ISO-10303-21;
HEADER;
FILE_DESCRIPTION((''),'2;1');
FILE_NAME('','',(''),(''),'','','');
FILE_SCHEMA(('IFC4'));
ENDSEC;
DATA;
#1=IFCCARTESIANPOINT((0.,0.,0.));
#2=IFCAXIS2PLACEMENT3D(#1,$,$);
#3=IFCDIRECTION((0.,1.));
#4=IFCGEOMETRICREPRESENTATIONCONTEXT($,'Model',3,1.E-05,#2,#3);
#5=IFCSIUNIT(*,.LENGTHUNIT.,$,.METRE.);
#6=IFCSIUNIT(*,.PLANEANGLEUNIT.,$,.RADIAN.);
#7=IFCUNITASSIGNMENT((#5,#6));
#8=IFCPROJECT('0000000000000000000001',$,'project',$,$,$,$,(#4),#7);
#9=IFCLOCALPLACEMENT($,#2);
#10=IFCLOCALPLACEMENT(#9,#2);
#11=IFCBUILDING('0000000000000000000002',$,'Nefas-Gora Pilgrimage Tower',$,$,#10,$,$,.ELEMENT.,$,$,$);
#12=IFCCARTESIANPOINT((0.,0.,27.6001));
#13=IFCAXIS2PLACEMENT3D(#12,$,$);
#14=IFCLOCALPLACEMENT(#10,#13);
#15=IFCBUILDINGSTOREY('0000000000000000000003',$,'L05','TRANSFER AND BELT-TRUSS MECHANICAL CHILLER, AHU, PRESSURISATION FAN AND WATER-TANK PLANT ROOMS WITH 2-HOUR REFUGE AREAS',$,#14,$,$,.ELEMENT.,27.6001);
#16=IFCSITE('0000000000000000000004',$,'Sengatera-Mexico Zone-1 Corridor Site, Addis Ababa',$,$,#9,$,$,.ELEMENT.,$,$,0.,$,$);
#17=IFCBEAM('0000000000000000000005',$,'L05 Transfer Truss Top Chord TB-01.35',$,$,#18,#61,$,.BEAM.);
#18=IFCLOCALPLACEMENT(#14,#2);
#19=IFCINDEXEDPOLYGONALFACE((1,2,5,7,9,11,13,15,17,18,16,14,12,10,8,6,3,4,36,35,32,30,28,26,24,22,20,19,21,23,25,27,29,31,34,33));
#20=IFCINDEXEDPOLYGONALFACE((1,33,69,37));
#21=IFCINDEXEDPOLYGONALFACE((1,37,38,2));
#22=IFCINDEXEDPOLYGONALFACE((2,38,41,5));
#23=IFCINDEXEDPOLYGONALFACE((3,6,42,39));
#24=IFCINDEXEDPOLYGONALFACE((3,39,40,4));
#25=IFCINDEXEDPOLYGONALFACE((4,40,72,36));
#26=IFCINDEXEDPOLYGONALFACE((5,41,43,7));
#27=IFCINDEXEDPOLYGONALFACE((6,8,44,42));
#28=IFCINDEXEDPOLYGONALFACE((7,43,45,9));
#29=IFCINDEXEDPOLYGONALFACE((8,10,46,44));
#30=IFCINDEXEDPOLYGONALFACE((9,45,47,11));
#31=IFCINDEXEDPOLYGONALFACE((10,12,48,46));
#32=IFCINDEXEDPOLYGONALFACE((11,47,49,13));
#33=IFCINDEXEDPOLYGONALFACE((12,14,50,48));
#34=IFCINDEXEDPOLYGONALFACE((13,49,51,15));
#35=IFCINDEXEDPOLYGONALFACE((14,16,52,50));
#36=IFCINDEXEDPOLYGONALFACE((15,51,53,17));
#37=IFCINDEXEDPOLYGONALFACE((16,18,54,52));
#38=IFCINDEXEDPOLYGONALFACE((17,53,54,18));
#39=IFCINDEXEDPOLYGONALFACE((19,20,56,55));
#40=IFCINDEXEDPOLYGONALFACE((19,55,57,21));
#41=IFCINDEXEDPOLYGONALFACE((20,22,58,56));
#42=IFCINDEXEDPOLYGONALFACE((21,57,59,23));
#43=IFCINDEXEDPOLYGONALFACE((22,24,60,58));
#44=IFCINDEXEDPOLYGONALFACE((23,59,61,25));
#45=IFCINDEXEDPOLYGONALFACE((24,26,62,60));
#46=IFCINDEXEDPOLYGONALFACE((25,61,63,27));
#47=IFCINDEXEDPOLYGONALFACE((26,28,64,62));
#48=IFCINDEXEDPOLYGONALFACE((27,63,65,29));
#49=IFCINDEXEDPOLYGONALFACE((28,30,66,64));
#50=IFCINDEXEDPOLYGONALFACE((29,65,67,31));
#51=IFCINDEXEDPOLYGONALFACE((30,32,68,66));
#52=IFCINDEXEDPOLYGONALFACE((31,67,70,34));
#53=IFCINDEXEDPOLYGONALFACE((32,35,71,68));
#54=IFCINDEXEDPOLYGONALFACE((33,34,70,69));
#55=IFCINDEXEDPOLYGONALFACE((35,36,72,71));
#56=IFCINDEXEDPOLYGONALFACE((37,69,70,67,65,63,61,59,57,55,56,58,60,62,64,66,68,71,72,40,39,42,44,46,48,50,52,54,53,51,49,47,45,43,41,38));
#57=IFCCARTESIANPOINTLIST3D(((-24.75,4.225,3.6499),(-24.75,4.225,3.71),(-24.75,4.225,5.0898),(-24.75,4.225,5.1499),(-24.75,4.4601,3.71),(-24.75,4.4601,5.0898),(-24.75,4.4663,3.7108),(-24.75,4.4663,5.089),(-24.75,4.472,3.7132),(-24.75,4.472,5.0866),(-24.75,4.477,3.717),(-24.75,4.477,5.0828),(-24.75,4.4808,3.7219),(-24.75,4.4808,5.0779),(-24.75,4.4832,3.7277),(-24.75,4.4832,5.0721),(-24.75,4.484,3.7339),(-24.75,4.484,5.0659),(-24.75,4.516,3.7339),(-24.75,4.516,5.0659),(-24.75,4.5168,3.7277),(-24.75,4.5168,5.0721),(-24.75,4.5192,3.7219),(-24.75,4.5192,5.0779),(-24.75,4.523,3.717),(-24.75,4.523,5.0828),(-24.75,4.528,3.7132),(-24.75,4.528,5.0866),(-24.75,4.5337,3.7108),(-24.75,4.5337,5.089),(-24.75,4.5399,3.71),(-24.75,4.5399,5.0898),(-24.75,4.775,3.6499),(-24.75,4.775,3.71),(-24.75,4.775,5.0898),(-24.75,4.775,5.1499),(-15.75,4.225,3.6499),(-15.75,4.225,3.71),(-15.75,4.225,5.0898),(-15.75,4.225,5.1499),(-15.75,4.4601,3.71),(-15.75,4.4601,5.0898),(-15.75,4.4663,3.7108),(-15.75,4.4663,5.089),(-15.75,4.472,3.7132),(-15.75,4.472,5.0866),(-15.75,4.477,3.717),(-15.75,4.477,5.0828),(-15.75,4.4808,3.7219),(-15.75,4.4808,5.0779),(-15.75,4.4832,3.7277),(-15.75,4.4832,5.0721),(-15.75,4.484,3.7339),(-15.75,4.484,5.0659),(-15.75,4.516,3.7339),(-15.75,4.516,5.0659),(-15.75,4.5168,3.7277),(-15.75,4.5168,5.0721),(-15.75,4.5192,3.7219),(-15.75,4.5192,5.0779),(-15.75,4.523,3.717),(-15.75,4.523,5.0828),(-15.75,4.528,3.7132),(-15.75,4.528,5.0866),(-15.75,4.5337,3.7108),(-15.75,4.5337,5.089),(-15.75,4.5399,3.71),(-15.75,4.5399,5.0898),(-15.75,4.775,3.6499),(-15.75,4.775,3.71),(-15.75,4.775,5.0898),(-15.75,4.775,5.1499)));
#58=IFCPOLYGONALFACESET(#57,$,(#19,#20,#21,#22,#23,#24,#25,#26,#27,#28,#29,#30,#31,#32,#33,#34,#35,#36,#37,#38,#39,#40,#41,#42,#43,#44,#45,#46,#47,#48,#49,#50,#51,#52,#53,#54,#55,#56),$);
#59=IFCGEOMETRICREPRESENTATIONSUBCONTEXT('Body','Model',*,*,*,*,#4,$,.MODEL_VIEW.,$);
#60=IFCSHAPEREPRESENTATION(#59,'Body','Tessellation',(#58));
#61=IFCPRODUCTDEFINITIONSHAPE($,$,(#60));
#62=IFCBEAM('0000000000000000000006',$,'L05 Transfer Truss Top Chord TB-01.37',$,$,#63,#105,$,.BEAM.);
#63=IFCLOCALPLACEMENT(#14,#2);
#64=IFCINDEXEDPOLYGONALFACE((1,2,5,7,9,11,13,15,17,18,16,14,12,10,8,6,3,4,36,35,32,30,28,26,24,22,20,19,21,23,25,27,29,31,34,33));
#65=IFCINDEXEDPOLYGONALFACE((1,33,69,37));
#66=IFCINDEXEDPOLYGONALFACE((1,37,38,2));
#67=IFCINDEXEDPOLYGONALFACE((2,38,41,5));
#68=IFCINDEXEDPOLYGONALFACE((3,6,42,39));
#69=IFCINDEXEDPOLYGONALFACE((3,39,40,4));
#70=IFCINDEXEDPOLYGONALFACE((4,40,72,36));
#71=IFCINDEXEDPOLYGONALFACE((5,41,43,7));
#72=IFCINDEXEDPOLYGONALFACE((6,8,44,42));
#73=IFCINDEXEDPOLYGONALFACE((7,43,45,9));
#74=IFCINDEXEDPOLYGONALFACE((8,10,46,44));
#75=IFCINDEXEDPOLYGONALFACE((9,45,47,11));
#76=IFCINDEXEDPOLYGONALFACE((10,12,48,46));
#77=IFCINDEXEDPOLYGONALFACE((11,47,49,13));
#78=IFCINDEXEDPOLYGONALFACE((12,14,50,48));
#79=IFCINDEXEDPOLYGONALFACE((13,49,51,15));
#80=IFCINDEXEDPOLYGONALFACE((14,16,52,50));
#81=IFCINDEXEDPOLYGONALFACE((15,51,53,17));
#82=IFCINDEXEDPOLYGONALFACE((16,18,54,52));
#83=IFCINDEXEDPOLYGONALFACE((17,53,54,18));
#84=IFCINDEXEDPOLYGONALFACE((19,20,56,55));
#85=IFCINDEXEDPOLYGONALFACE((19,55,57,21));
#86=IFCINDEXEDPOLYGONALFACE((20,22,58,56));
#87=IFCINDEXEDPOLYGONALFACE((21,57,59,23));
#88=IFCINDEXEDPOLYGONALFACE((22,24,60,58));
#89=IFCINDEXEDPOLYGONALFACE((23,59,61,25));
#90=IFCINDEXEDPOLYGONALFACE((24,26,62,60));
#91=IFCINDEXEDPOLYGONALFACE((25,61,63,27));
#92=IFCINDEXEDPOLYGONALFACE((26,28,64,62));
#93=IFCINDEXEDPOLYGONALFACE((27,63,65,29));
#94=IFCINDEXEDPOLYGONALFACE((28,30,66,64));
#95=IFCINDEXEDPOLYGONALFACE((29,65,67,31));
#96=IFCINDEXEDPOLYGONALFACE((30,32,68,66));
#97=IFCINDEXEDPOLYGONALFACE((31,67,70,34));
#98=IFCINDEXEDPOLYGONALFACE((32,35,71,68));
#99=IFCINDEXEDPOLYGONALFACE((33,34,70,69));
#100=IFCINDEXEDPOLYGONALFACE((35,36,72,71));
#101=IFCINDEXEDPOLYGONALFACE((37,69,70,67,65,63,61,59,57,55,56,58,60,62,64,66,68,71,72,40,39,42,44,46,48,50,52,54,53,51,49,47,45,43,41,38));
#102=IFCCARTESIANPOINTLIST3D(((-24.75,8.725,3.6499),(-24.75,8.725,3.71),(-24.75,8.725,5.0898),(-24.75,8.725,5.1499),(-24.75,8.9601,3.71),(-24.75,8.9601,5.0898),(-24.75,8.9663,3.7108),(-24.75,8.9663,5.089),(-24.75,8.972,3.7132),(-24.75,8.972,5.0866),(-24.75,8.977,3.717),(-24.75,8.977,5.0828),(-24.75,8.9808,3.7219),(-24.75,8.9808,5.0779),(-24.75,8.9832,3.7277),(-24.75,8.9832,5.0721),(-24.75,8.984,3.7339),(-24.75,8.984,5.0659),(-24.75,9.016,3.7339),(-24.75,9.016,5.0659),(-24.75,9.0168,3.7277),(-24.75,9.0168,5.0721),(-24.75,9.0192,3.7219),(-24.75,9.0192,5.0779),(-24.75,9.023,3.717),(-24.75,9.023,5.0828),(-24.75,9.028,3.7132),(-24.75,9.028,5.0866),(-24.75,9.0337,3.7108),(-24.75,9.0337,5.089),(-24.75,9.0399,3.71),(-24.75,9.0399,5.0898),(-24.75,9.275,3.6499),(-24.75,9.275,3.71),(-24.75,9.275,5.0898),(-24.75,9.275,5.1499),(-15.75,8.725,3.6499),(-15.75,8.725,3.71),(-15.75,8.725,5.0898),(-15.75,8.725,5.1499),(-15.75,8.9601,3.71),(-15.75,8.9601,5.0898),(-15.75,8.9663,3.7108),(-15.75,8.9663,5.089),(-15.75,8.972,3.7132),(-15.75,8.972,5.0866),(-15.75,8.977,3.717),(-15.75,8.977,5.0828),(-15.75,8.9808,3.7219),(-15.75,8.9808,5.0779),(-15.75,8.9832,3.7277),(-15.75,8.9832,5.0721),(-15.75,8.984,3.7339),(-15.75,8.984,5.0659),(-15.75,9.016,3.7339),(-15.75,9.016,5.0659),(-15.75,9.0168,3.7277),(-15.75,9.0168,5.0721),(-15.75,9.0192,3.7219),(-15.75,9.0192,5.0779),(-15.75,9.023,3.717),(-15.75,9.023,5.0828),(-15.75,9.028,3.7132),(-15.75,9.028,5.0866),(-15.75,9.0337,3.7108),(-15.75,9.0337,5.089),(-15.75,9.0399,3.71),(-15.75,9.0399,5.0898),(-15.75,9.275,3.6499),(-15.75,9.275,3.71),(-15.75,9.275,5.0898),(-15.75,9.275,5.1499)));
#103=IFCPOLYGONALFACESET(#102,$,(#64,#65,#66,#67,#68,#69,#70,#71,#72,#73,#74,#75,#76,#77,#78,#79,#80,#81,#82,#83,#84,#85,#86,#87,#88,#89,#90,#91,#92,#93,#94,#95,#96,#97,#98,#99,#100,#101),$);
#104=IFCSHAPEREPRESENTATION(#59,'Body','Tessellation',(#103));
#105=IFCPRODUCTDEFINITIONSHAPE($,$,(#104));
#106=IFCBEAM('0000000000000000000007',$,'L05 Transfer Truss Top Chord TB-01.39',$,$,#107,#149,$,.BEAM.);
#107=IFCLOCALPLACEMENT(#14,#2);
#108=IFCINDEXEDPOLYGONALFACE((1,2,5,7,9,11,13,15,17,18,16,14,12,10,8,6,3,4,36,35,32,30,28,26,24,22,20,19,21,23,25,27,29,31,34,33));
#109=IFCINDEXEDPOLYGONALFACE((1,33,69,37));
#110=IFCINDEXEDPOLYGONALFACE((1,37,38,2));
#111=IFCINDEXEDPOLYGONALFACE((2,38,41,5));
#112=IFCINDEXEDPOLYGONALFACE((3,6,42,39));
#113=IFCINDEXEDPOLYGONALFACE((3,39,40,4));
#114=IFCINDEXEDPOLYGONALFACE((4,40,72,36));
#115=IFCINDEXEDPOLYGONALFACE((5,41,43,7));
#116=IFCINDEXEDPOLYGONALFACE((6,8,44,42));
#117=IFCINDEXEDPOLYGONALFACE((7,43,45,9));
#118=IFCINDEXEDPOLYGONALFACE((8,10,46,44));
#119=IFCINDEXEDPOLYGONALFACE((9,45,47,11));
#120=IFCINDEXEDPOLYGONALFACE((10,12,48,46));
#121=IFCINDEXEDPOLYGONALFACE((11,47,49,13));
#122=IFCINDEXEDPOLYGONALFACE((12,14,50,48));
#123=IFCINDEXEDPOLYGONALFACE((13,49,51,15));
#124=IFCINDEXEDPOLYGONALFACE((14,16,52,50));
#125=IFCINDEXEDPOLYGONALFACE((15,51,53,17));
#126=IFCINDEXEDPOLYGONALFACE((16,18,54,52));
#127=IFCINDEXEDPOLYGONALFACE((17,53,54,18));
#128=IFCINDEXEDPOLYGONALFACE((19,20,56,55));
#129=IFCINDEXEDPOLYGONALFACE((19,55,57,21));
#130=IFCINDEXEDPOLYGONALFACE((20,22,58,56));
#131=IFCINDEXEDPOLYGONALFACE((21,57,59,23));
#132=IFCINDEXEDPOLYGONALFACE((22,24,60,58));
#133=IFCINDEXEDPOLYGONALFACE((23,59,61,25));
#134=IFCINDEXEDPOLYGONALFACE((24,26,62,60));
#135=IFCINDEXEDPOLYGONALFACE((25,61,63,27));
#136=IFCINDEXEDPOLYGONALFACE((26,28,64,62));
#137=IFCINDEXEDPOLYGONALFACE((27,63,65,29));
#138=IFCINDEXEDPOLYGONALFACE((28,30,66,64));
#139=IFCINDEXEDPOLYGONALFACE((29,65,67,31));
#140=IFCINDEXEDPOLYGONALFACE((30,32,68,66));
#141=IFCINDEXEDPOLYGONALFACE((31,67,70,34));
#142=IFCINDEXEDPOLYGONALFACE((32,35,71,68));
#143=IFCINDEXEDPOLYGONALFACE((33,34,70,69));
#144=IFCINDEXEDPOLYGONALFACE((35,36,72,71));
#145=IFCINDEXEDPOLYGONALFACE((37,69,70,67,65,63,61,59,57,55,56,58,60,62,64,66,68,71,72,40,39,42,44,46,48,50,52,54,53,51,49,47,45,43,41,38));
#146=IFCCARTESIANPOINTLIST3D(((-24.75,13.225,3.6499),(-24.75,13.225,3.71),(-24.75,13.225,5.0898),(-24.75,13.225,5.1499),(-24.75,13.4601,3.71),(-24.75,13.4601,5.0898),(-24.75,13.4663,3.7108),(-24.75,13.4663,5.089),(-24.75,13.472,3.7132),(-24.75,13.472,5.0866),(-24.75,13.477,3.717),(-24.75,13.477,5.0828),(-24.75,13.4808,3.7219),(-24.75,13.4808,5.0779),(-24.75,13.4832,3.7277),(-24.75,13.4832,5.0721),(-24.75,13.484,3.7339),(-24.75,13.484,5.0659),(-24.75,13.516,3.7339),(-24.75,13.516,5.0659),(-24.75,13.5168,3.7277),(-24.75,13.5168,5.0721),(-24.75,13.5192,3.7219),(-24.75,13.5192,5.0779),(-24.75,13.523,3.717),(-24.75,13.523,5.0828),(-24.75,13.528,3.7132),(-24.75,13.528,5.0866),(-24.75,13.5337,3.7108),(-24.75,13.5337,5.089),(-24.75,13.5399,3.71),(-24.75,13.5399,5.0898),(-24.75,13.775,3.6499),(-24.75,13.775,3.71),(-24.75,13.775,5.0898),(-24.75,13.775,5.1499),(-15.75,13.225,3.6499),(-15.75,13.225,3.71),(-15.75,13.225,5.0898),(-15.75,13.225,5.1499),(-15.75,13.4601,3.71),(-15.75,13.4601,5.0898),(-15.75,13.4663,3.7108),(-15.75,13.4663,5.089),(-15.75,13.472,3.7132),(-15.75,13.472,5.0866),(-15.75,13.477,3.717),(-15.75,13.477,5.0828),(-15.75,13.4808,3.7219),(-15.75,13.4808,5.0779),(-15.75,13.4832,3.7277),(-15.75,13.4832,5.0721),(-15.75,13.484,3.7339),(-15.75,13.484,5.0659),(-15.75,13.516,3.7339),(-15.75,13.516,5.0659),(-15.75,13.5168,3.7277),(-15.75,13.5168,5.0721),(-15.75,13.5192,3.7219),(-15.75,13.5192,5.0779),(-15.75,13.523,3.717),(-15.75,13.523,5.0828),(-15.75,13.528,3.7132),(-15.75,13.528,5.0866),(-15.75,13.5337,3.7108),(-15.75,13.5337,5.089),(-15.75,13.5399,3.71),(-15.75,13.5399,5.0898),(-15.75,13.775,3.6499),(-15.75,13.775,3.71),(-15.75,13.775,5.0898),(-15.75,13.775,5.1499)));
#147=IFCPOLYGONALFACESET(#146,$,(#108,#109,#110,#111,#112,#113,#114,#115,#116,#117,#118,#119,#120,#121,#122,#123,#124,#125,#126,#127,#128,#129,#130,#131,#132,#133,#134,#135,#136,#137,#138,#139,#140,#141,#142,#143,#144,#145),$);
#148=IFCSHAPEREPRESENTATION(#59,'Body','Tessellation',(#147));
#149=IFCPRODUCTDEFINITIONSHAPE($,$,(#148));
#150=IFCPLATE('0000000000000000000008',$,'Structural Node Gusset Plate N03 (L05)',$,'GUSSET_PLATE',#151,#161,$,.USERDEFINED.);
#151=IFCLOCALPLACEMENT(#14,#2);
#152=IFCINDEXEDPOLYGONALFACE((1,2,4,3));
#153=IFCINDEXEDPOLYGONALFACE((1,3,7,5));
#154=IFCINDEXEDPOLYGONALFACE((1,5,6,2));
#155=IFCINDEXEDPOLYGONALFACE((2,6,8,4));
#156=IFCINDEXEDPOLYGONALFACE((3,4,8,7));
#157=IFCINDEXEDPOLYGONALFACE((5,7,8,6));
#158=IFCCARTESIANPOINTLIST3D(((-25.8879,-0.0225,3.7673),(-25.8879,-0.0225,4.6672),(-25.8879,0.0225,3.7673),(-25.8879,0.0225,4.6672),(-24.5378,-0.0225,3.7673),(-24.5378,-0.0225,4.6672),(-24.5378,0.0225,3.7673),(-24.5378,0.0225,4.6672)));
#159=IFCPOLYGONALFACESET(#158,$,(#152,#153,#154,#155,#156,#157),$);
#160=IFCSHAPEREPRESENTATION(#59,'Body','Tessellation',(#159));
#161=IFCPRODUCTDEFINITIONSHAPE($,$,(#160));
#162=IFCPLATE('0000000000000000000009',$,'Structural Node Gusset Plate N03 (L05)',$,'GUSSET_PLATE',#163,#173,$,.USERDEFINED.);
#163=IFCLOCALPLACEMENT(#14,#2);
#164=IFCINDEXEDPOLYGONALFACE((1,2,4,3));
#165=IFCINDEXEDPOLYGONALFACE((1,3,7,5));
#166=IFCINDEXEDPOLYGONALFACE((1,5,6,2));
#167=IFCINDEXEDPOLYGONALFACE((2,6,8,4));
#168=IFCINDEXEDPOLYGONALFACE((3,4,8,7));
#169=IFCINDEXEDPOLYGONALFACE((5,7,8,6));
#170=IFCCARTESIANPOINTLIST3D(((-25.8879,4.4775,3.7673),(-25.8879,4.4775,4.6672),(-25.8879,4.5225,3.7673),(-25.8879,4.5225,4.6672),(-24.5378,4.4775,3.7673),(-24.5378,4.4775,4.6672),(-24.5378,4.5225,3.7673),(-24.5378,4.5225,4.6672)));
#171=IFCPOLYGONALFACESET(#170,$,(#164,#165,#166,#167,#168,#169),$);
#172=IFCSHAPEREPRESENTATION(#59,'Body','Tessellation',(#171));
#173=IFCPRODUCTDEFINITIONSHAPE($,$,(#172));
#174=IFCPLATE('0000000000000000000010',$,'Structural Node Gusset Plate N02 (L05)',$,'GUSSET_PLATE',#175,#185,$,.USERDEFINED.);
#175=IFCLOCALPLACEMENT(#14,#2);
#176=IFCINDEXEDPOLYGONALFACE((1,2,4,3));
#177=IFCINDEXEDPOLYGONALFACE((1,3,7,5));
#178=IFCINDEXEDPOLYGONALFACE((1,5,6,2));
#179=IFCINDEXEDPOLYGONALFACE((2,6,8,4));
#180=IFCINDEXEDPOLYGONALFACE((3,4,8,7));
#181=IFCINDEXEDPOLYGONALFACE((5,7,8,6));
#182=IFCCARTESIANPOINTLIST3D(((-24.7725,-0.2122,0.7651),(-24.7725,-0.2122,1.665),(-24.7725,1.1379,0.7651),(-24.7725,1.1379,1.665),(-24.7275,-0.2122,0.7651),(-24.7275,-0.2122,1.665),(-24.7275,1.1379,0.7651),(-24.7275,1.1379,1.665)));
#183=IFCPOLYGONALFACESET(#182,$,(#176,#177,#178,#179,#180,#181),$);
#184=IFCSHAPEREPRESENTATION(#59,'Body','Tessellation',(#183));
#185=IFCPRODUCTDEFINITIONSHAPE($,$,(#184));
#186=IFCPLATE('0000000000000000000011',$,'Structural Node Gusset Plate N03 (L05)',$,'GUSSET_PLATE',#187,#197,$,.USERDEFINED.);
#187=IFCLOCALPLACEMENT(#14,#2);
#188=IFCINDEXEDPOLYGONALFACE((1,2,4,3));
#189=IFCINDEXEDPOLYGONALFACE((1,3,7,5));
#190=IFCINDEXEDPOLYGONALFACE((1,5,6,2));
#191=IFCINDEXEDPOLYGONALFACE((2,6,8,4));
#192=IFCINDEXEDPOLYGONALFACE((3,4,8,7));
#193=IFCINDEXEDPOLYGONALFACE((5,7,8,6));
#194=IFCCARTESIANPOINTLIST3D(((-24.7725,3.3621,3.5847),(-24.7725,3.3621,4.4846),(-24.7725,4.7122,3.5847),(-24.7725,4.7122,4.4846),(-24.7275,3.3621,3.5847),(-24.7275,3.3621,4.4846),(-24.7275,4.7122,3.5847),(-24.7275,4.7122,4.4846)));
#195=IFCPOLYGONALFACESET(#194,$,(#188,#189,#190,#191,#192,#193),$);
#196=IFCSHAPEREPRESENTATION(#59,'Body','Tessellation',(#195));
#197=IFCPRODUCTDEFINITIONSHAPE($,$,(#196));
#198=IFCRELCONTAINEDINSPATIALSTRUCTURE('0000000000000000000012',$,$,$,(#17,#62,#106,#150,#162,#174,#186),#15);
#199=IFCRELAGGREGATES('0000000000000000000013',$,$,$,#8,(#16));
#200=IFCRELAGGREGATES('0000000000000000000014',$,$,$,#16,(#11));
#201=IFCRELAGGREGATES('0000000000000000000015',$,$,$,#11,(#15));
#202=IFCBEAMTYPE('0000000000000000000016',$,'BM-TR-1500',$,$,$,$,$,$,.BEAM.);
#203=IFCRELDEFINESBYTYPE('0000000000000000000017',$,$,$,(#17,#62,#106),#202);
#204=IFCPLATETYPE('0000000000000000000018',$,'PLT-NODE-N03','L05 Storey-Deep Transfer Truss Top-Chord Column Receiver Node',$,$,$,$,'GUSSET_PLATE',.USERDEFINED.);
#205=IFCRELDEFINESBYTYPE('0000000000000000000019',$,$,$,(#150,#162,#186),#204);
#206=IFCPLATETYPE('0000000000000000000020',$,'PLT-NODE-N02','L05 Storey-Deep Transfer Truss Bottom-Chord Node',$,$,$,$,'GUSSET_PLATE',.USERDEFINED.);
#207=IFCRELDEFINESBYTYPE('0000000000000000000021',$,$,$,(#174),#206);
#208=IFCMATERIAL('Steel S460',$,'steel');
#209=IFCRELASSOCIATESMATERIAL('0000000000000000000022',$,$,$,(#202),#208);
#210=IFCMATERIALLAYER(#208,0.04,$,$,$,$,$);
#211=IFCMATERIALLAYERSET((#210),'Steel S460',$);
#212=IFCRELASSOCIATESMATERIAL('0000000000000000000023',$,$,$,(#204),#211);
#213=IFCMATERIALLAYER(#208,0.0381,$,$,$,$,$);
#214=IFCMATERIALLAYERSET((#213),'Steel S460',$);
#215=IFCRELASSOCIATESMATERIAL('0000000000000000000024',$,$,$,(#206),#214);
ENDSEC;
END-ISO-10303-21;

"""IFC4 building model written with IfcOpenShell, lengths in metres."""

from ifc_helpers import new_model, si_unit, direction, frame, origin, origin_2d, place, context, subcontext, project, spatial, rectangle, i_section, extrude, source, transform, mapped, material, layer, layer_set, material_profile, profile_set, type_object, element, save


model = new_model("IFC4")

# Units and contexts
model_context = context("Model", 3, precision=1e-05, world=origin(), true_north=direction((0.0, 1.0)))
body_context = subcontext(model_context, "Body", "Model", "MODEL_VIEW")
ifc_project = project(units=[si_unit("LENGTHUNIT", "METRE"), si_unit("PLANEANGLEUNIT", "RADIAN")], contexts=[model_context])

# Site, building, storey
site_placement = place(None, origin())
site = spatial("IfcSite", under=ifc_project, at=site_placement, Name="Sengatera-Mexico Zone-1 Corridor Site, Addis Ababa", CompositionType="ELEMENT", RefElevation=0.0)
building_placement = place(site_placement, origin())
building = spatial("IfcBuilding", under=site, at=building_placement, Name="Nefas-Gora Pilgrimage Tower", CompositionType="ELEMENT")
storey_placement = place(building_placement, frame((0.0, 0.0, 27.6001)))
storey = spatial("IfcBuildingStorey", under=building, at=storey_placement, Name="L05", Description="TRANSFER AND BELT-TRUSS MECHANICAL CHILLER, AHU, PRESSURISATION FAN AND WATER-TANK PLANT ROOMS WITH 2-HOUR REFUGE AREAS", CompositionType="ELEMENT", Elevation=27.6001)

# Shared definitions
ifc_material_1 = material(Name="Steel S460", Category="steel")

# Shared definitions
ifc_material_profile_1 = material_profile(ifc_material_1, i_section(OverallWidth=0.55, OverallDepth=1.5, WebThickness=0.032, FlangeThickness=0.0601, FilletRadius=0.0239, at=origin_2d()), Name="WPG 1500x550x32x60")
ifc_profile_set_1 = profile_set([ifc_material_profile_1], Name="Steel S460")
beam_type_1 = type_object("IfcBeamType", Name="BM-TR-1500", PredefinedType="BEAM", material=ifc_profile_set_1)

# Beams
shared_shape_1 = source(origin(), body_context, "Body", "SweptSolid", [
    extrude(i_section(OverallWidth=0.55, OverallDepth=1.5, WebThickness=0.032, FlangeThickness=0.0601, FilletRadius=0.0239, at=origin_2d()), origin(), (0.0, 0.0, 1.0), 9.0),
])
for number, where, z_axis, x_axis, name in (
    (1, (-24.75, 4.5, 4.3999), (1.0, 0.0, 0.0), (0.0, 1.0, 0.0), "L05 Transfer Truss Top Chord TB-01.35"),
    (2, (-24.75, 9.0, 4.3999), (1.0, 0.0, 0.0), (0.0, 1.0, 0.0), "L05 Transfer Truss Top Chord TB-01.37"),
    (3, (-24.75, 13.5, 4.3999), (1.0, 0.0, 0.0), (0.0, 1.0, 0.0), "L05 Transfer Truss Top Chord TB-01.39"),
):
    element("IfcBeam", number, at=place(storey_placement, frame(where, z_axis=z_axis, x_axis=x_axis)), inside=storey, type_object=beam_type_1, Name=name, PredefinedType="BEAM", context=body_context, shape_type="MappedRepresentation", body=[
        mapped(shared_shape_1, transform((0.0, 0.0, 0.0), x_axis=(1.0, 0.0, 0.0), y_axis=(0.0, 1.0, 0.0), z_axis=(0.0, 0.0, 1.0), scale=1.0)),
    ])

# Plates
ifc_layer_1 = layer(ifc_material_1, 0.04)
ifc_layer_set_1 = layer_set([ifc_layer_1], Name="Steel S460")
plate_type_1 = type_object("IfcPlateType", Name="PLT-NODE-N03", Description="L05 Storey-Deep Transfer Truss Top-Chord Column Receiver Node", ElementType="GUSSET_PLATE", PredefinedType="USERDEFINED", material=ifc_layer_set_1)
shared_shape_2 = source(origin(), body_context, "Body", "SweptSolid", [
    extrude(rectangle(XDim=1.3501, YDim=0.0449, at=origin_2d()), origin(), (0.0, 0.0, 1.0), 0.8999),
])
for number, where, z_axis, x_axis, name in (
    (4, (-25.2129, 0.0, 3.7673), (0.0, 0.0, 1.0), (1.0, 0.0, 0.0), "Structural Node Gusset Plate N03 (L05)"),
    (5, (-25.2129, 4.5, 3.7673), (0.0, 0.0, 1.0), (1.0, 0.0, 0.0), "Structural Node Gusset Plate N03 (L05)"),
):
    element("IfcPlate", number, at=place(storey_placement, frame(where, z_axis=z_axis, x_axis=x_axis)), inside=storey, type_object=plate_type_1, Name=name, ObjectType="GUSSET_PLATE", PredefinedType="USERDEFINED", context=body_context, shape_type="MappedRepresentation", body=[
        mapped(shared_shape_2, transform((0.0, 0.0, 0.0), x_axis=(1.0, 0.0, 0.0), y_axis=(0.0, 1.0, 0.0), z_axis=(0.0, 0.0, 1.0), scale=1.0)),
    ])
ifc_layer_2 = layer(ifc_material_1, 0.0381)
ifc_layer_set_2 = layer_set([ifc_layer_2], Name="Steel S460")
plate_type_2 = type_object("IfcPlateType", Name="PLT-NODE-N02", Description="L05 Storey-Deep Transfer Truss Bottom-Chord Node", ElementType="GUSSET_PLATE", PredefinedType="USERDEFINED", material=ifc_layer_set_2)
plate_1_placement = place(storey_placement, frame((-24.75, 0.4629, 0.7651), z_axis=(0.0, 0.0, 1.0), x_axis=(0.0, 1.0, 0.0)))
element("IfcPlate", 6, at=plate_1_placement, inside=storey, type_object=plate_type_2, Name="Structural Node Gusset Plate N02 (L05)", ObjectType="GUSSET_PLATE", PredefinedType="USERDEFINED", context=body_context, shape_type="MappedRepresentation", body=[
    mapped(shared_shape_2, transform((0.0, 0.0, 0.0), x_axis=(1.0, 0.0, 0.0), y_axis=(0.0, 1.0, 0.0), z_axis=(0.0, 0.0, 1.0), scale=1.0)),
])
plate_2_placement = place(storey_placement, frame((-24.75, 4.0371, 3.5847), z_axis=(0.0, 0.0, 1.0), x_axis=(0.0, 1.0, 0.0)))
element("IfcPlate", 7, at=plate_2_placement, inside=storey, type_object=plate_type_1, Name="Structural Node Gusset Plate N03 (L05)", ObjectType="GUSSET_PLATE", PredefinedType="USERDEFINED", context=body_context, shape_type="MappedRepresentation", body=[
    mapped(shared_shape_2, transform((0.0, 0.0, 0.0), x_axis=(1.0, 0.0, 0.0), y_axis=(0.0, 1.0, 0.0), z_axis=(0.0, 0.0, 1.0), scale=1.0)),
])

save(model, "model.ifc")
